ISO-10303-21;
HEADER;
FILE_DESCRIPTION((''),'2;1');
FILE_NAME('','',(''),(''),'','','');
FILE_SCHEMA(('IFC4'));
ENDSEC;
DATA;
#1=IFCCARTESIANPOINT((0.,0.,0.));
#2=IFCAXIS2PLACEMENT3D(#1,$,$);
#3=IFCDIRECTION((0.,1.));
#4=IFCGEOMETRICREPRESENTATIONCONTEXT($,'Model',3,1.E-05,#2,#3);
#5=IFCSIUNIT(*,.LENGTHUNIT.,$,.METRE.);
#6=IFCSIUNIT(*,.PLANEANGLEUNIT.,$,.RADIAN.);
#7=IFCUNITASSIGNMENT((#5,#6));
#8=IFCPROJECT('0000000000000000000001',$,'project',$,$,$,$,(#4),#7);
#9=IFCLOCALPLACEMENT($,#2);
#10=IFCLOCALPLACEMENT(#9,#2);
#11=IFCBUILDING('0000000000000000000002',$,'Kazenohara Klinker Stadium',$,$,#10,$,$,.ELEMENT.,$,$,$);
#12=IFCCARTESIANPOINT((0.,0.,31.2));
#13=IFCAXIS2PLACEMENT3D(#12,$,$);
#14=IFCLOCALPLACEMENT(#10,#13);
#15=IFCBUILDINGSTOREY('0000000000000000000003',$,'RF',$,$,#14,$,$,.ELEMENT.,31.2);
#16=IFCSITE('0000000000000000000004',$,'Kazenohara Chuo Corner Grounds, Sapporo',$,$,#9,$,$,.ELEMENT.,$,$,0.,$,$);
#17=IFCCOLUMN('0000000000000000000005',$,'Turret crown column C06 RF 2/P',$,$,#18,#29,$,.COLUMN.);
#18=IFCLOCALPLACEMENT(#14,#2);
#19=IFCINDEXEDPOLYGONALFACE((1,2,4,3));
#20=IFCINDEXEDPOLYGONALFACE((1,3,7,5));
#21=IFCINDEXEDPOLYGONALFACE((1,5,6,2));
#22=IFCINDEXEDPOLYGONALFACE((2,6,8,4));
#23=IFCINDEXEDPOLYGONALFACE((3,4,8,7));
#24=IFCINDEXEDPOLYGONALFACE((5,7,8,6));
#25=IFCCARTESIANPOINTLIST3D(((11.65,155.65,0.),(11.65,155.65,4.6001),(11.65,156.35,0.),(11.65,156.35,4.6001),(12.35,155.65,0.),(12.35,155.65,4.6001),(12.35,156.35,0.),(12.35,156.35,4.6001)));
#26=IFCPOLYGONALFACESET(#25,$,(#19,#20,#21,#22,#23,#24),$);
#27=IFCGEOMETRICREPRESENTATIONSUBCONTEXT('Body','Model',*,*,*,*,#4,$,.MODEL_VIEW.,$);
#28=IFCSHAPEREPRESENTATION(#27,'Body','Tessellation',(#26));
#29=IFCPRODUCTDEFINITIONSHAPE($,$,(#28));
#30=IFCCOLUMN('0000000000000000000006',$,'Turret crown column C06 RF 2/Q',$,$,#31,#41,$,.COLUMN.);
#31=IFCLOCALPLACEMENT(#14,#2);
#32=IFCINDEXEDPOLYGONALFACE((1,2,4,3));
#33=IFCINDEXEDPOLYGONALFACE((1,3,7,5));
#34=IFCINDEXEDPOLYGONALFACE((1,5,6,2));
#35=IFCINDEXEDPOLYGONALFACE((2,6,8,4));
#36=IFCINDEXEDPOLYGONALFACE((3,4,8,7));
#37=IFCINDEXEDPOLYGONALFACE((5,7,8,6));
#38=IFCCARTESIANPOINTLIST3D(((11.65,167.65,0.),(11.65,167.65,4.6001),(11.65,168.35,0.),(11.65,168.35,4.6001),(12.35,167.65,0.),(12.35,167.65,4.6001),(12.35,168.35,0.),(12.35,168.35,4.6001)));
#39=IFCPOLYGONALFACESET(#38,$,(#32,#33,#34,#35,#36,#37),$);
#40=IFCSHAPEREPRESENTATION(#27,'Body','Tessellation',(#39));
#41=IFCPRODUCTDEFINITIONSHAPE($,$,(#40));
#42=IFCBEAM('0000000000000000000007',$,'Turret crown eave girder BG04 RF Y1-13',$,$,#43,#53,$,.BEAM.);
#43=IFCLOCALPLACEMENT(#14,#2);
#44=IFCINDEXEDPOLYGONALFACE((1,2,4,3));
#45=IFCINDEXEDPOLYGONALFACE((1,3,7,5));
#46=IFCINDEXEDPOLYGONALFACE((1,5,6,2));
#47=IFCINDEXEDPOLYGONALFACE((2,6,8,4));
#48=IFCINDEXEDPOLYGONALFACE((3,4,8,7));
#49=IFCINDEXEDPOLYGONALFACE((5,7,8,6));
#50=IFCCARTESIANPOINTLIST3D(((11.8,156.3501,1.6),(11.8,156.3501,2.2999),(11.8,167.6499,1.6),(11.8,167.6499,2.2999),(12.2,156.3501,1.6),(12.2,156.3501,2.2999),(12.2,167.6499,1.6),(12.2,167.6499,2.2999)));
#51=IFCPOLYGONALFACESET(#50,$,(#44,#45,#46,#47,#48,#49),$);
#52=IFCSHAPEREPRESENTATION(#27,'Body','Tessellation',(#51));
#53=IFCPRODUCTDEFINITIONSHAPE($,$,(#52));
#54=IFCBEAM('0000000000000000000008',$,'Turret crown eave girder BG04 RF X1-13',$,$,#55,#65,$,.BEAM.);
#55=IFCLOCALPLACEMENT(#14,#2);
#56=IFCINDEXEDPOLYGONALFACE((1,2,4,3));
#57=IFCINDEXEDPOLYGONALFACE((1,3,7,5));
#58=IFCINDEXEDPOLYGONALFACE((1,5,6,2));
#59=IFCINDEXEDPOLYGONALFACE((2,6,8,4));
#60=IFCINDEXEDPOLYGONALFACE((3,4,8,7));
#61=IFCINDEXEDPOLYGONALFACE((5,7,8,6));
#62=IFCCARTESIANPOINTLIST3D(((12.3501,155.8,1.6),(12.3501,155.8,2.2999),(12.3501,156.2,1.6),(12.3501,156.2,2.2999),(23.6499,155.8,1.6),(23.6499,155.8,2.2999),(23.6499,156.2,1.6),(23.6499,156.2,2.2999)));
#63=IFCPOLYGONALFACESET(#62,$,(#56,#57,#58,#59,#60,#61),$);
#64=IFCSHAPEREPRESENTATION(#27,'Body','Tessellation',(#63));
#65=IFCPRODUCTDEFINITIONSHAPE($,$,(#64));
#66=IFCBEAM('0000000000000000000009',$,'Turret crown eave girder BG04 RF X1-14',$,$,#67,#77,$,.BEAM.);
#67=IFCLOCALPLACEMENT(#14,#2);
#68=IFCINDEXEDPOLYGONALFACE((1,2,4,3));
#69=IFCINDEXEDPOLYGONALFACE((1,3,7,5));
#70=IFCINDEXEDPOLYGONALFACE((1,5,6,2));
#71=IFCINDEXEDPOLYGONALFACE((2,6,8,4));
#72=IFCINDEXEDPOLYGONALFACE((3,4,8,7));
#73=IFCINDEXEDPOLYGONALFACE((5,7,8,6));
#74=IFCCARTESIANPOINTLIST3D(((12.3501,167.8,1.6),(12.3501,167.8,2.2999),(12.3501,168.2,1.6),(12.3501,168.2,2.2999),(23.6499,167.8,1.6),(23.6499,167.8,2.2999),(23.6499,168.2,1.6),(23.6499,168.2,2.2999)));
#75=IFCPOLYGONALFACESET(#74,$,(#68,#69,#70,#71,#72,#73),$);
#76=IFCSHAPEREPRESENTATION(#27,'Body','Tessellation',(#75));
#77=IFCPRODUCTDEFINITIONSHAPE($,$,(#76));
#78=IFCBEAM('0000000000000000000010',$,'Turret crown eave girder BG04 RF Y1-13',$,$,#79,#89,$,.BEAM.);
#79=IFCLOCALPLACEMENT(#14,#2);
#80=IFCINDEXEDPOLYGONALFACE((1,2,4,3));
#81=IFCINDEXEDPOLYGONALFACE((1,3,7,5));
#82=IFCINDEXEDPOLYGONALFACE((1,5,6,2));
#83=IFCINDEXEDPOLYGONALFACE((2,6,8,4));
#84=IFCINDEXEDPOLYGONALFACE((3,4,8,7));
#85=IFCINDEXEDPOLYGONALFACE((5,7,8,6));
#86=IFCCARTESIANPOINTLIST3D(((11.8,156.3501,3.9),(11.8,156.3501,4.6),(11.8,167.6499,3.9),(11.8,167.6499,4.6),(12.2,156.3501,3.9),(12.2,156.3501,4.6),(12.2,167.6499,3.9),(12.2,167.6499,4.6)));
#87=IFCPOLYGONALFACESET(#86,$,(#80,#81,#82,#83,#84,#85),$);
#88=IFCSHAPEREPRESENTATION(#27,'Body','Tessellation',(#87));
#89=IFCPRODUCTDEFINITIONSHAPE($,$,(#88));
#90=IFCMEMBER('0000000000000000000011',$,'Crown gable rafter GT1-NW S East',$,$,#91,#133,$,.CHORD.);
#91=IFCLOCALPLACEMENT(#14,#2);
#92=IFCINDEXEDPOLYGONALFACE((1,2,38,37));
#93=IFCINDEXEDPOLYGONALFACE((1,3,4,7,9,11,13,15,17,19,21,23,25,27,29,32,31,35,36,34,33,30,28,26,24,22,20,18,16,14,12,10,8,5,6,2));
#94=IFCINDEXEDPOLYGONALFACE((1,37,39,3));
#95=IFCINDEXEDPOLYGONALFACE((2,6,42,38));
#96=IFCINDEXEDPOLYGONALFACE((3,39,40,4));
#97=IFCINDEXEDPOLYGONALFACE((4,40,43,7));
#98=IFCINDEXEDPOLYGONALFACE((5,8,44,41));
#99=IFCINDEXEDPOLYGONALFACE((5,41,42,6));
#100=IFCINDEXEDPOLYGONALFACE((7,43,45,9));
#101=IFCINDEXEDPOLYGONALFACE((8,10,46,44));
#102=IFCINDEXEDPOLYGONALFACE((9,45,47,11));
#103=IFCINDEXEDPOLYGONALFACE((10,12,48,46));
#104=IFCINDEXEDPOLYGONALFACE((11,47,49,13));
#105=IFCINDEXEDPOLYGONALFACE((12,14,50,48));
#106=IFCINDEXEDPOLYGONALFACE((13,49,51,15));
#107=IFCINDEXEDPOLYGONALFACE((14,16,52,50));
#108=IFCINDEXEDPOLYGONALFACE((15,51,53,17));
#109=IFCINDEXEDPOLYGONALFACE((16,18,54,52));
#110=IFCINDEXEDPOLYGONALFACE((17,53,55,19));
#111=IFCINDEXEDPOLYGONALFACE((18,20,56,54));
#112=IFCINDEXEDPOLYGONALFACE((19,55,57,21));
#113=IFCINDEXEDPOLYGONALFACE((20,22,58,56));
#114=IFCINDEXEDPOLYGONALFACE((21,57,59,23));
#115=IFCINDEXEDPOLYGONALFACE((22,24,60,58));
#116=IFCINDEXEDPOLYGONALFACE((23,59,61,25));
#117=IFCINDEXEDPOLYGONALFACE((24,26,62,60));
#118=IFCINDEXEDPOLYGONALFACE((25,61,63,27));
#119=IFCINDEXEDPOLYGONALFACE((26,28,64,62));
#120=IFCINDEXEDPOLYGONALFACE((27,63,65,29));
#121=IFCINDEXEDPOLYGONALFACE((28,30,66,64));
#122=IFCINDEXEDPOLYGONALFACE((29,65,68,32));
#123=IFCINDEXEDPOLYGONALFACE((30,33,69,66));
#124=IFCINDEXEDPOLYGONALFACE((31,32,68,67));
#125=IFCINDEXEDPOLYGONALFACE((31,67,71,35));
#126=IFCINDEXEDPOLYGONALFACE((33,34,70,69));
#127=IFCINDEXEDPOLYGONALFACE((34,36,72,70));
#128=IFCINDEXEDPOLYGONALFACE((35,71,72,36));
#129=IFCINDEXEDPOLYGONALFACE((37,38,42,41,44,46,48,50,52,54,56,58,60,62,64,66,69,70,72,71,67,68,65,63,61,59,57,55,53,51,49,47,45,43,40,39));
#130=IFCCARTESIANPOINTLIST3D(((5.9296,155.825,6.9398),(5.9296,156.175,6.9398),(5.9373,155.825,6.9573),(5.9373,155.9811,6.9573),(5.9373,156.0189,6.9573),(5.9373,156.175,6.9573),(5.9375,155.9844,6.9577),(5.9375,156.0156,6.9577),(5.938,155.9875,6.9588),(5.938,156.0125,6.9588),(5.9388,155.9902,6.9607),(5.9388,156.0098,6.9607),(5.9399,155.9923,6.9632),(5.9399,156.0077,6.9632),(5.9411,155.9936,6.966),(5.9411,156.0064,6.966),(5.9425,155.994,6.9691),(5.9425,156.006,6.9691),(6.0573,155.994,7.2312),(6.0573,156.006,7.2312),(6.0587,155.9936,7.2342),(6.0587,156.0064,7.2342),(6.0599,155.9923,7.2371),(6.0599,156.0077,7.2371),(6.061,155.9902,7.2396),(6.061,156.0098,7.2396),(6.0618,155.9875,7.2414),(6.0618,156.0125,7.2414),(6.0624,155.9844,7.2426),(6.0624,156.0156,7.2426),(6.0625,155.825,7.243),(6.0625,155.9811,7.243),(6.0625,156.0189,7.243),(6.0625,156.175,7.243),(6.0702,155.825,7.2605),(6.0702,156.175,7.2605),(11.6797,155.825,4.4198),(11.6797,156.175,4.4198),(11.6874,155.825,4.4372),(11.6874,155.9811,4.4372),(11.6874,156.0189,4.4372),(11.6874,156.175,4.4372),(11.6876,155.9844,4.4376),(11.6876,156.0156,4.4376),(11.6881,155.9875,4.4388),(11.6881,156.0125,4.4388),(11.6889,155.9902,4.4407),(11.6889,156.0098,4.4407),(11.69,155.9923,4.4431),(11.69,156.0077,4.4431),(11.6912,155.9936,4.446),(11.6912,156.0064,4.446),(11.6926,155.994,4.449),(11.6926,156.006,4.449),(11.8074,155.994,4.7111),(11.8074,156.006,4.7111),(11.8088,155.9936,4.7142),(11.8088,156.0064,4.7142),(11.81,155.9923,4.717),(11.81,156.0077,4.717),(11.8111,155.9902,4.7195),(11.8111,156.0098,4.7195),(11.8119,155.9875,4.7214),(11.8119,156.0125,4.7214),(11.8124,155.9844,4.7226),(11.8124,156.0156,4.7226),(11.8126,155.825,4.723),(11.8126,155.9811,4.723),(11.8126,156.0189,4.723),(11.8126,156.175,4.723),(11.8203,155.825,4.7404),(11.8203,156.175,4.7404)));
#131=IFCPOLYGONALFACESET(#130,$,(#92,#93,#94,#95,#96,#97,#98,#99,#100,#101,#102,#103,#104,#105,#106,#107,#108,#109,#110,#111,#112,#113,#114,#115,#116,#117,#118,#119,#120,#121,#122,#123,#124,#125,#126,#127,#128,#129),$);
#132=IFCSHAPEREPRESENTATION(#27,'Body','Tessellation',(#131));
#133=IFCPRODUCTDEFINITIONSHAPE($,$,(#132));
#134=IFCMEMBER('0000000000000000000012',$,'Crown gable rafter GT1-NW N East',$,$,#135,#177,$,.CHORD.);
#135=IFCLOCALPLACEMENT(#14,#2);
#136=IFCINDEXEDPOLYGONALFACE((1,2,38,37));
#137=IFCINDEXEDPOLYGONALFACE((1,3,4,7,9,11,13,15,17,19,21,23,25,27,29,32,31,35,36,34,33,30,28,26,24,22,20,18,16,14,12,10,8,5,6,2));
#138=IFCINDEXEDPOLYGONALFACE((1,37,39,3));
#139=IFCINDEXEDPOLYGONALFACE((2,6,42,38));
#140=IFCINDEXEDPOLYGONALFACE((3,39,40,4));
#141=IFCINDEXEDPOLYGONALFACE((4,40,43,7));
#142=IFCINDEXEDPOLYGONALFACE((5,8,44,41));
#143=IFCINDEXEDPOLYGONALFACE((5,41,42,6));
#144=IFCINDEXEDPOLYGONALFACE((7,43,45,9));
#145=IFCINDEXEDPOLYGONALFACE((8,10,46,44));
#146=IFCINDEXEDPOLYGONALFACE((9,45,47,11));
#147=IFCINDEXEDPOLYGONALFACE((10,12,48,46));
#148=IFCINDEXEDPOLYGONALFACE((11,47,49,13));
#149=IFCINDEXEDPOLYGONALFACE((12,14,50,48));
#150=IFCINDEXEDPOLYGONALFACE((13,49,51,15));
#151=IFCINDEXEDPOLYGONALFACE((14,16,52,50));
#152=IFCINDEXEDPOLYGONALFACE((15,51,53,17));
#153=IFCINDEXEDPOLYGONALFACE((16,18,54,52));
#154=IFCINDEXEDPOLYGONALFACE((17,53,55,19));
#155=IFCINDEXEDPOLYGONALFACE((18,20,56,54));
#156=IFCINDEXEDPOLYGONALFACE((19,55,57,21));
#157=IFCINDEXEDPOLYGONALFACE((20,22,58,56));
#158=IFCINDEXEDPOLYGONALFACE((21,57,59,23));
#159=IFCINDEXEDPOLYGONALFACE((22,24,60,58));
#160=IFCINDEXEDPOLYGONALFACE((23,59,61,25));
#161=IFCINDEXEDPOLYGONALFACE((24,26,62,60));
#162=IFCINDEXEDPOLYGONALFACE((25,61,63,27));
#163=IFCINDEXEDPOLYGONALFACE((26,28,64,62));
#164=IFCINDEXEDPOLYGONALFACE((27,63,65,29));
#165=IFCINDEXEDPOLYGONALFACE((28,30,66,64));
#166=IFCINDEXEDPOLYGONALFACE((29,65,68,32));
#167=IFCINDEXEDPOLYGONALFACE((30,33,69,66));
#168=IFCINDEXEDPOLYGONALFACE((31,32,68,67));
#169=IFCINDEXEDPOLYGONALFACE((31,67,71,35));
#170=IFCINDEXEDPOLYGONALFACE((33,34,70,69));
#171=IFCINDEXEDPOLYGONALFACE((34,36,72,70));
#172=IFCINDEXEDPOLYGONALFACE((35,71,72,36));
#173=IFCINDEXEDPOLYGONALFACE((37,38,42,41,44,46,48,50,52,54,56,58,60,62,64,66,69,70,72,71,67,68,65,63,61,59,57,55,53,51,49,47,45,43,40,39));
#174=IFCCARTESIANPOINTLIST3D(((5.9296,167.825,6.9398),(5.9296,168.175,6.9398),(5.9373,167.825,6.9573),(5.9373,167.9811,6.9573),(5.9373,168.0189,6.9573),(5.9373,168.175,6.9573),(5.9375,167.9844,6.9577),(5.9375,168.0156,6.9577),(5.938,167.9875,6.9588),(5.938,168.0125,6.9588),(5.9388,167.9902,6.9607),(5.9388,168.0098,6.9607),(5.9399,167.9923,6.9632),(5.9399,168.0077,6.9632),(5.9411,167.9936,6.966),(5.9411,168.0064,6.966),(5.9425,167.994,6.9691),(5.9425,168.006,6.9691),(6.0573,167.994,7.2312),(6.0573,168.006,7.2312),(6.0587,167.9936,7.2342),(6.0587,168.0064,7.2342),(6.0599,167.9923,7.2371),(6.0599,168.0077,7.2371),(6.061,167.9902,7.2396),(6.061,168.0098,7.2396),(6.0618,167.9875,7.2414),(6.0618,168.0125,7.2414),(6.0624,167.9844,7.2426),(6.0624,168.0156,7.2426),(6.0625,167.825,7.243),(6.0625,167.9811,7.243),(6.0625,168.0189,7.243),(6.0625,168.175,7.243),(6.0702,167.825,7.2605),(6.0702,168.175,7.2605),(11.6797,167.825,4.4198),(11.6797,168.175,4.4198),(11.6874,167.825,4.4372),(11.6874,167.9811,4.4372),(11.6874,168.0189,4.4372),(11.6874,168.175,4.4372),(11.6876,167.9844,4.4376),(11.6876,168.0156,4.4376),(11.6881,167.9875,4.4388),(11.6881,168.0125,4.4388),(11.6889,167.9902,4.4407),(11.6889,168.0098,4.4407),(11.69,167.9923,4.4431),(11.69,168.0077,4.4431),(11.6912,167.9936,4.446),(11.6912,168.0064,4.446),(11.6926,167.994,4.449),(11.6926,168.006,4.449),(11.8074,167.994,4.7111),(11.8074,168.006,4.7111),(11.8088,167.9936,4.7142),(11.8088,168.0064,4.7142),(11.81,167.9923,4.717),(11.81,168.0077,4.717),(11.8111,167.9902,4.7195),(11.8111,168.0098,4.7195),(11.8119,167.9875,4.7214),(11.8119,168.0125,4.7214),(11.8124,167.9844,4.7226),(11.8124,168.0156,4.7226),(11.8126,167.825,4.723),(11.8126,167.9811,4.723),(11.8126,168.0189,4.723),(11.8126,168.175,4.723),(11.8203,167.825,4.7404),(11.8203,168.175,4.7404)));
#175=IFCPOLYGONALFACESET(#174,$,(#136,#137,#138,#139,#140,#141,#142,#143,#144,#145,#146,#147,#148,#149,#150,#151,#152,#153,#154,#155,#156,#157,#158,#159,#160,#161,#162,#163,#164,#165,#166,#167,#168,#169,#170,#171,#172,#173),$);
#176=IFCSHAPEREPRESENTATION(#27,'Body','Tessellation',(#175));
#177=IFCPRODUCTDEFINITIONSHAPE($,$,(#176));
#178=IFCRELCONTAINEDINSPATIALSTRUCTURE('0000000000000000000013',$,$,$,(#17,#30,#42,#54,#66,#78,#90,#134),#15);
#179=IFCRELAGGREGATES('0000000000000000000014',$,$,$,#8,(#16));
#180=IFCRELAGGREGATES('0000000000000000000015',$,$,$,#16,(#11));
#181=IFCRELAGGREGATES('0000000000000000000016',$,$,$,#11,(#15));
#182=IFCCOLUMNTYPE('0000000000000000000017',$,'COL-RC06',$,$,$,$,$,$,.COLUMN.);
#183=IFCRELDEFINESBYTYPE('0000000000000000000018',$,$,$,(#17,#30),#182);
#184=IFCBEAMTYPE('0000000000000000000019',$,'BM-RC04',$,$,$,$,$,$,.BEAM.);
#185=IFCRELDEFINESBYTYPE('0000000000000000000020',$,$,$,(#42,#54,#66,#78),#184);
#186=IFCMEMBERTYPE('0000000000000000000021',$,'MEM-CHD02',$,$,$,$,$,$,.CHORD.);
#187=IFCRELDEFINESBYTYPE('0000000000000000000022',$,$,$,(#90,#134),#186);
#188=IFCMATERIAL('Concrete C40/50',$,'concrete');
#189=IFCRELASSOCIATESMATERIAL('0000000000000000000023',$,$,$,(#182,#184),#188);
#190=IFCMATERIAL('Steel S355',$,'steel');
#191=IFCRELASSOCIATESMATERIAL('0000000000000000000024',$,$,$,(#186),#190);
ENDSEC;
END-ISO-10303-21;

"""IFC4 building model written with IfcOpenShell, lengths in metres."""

from ifc_helpers import new_model, si_unit, direction, frame, origin, origin_2d, place, context, subcontext, project, spatial, rectangle, i_section, extrude, material, material_profile, profile_set, type_object, element, save


model = new_model("IFC4")

# Units and contexts
model_context = context("Model", 3, precision=1e-05, world=origin(), true_north=direction((0.0, 1.0)))
body_context = subcontext(model_context, "Body", "Model", "MODEL_VIEW")
ifc_project = project(units=[si_unit("LENGTHUNIT", "METRE"), si_unit("PLANEANGLEUNIT", "RADIAN")], contexts=[model_context])

# Site, building, storey
site_placement = place(None, origin())
site = spatial("IfcSite", under=ifc_project, at=site_placement, Name="Kazenohara Chuo Corner Grounds, Sapporo", CompositionType="ELEMENT", RefElevation=0.0)
building_placement = place(site_placement, origin())
building = spatial("IfcBuilding", under=site, at=building_placement, Name="Kazenohara Klinker Stadium", CompositionType="ELEMENT")
storey_placement = place(building_placement, frame((0.0, 0.0, 31.2)))
storey = spatial("IfcBuildingStorey", under=building, at=storey_placement, Name="RF", CompositionType="ELEMENT", Elevation=31.2)

# Columns
ifc_material_1 = material(Name="Concrete C40/50", Category="concrete")
ifc_material_profile_1 = material_profile(ifc_material_1, rectangle(XDim=0.7, YDim=0.7, at=origin_2d()), Name="RC-COL-700x700")
ifc_profile_set_1 = profile_set([ifc_material_profile_1], Name="Concrete C40/50")
column_type = type_object("IfcColumnType", Name="COL-RC06", PredefinedType="COLUMN", material=ifc_profile_set_1)
for number, where, z_axis, x_axis, name in (
    (1, (12.0, 156.0, 0.0), (0.0, 0.0, 1.0), (1.0, 0.0, 0.0), "Turret crown column C06 RF 2/P"),
    (2, (12.0, 168.0, 0.0), (0.0, 0.0, 1.0), (1.0, 0.0, 0.0), "Turret crown column C06 RF 2/Q"),
):
    element("IfcColumn", number, at=place(storey_placement, frame(where, z_axis=z_axis, x_axis=x_axis)), inside=storey, type_object=column_type, Name=name, PredefinedType="COLUMN", context=body_context, shape_type="SweptSolid", body=[
        extrude(rectangle(XDim=0.7, YDim=0.7, at=origin_2d()), origin(), (0.0, 0.0, 1.0), 4.6001),
    ])

# Beams
ifc_material_profile_2 = material_profile(ifc_material_1, rectangle(XDim=0.3999, YDim=0.7, at=origin_2d()), Name="RC-BM-400x700")
ifc_profile_set_2 = profile_set([ifc_material_profile_2], Name="Concrete C40/50")
beam_type = type_object("IfcBeamType", Name="BM-RC04", PredefinedType="BEAM", material=ifc_profile_set_2)
for number, where, z_axis, x_axis, name in (
    (3, (12.0, 156.3501, 1.95), (0.0, 1.0, 0.0), (-1.0, 0.0, 0.0), "Turret crown eave girder BG04 RF Y1-13"),
    (4, (12.3501, 156.0, 1.95), (1.0, 0.0, 0.0), (0.0, 1.0, 0.0), "Turret crown eave girder BG04 RF X1-13"),
    (5, (12.3501, 168.0, 1.95), (1.0, 0.0, 0.0), (0.0, 1.0, 0.0), "Turret crown eave girder BG04 RF X1-14"),
    (6, (12.0, 156.3501, 4.25), (0.0, 1.0, 0.0), (-1.0, 0.0, 0.0), "Turret crown eave girder BG04 RF Y1-13"),
):
    element("IfcBeam", number, at=place(storey_placement, frame(where, z_axis=z_axis, x_axis=x_axis)), inside=storey, type_object=beam_type, Name=name, PredefinedType="BEAM", context=body_context, shape_type="SweptSolid", body=[
        extrude(rectangle(XDim=0.3999, YDim=0.7, at=origin_2d()), origin(), (0.0, 0.0, 1.0), 11.2998),
    ])

# Members
ifc_material_2 = material(Name="Steel S355", Category="steel")
ifc_material_profile_3 = material_profile(ifc_material_2, i_section(OverallWidth=0.3501, OverallDepth=0.3501, WebThickness=0.012, FlangeThickness=0.019, FilletRadius=0.0129, at=origin_2d()), Name="H-350x350x12x19")
ifc_profile_set_3 = profile_set([ifc_material_profile_3], Name="Steel S355")
member_type_1 = type_object("IfcMemberType", Name="MEM-CHD02", PredefinedType="CHORD", material=ifc_profile_set_3)
for number, where, z_axis, x_axis, name in (
    (7, (11.75, 156.0, 4.5801), (-0.9159, 0.0, 0.401406), (0.0, -1.0, 0.0), "Crown gable rafter GT1-NW S East"),
    (8, (11.75, 168.0, 4.5801), (-0.9159, 0.0, 0.401406), (0.0, -1.0, 0.0), "Crown gable rafter GT1-NW N East"),
):
    element("IfcMember", number, at=place(storey_placement, frame(where, z_axis=z_axis, x_axis=x_axis)), inside=storey, type_object=member_type_1, Name=name, PredefinedType="CHORD", context=body_context, shape_type="SweptSolid", body=[
        extrude(i_section(OverallWidth=0.3501, OverallDepth=0.3501, WebThickness=0.012, FlangeThickness=0.019, FilletRadius=0.0129, at=origin_2d()), origin(), (0.0, 0.0, 1.0), 6.2781),
    ])

save(model, "model.ifc")
